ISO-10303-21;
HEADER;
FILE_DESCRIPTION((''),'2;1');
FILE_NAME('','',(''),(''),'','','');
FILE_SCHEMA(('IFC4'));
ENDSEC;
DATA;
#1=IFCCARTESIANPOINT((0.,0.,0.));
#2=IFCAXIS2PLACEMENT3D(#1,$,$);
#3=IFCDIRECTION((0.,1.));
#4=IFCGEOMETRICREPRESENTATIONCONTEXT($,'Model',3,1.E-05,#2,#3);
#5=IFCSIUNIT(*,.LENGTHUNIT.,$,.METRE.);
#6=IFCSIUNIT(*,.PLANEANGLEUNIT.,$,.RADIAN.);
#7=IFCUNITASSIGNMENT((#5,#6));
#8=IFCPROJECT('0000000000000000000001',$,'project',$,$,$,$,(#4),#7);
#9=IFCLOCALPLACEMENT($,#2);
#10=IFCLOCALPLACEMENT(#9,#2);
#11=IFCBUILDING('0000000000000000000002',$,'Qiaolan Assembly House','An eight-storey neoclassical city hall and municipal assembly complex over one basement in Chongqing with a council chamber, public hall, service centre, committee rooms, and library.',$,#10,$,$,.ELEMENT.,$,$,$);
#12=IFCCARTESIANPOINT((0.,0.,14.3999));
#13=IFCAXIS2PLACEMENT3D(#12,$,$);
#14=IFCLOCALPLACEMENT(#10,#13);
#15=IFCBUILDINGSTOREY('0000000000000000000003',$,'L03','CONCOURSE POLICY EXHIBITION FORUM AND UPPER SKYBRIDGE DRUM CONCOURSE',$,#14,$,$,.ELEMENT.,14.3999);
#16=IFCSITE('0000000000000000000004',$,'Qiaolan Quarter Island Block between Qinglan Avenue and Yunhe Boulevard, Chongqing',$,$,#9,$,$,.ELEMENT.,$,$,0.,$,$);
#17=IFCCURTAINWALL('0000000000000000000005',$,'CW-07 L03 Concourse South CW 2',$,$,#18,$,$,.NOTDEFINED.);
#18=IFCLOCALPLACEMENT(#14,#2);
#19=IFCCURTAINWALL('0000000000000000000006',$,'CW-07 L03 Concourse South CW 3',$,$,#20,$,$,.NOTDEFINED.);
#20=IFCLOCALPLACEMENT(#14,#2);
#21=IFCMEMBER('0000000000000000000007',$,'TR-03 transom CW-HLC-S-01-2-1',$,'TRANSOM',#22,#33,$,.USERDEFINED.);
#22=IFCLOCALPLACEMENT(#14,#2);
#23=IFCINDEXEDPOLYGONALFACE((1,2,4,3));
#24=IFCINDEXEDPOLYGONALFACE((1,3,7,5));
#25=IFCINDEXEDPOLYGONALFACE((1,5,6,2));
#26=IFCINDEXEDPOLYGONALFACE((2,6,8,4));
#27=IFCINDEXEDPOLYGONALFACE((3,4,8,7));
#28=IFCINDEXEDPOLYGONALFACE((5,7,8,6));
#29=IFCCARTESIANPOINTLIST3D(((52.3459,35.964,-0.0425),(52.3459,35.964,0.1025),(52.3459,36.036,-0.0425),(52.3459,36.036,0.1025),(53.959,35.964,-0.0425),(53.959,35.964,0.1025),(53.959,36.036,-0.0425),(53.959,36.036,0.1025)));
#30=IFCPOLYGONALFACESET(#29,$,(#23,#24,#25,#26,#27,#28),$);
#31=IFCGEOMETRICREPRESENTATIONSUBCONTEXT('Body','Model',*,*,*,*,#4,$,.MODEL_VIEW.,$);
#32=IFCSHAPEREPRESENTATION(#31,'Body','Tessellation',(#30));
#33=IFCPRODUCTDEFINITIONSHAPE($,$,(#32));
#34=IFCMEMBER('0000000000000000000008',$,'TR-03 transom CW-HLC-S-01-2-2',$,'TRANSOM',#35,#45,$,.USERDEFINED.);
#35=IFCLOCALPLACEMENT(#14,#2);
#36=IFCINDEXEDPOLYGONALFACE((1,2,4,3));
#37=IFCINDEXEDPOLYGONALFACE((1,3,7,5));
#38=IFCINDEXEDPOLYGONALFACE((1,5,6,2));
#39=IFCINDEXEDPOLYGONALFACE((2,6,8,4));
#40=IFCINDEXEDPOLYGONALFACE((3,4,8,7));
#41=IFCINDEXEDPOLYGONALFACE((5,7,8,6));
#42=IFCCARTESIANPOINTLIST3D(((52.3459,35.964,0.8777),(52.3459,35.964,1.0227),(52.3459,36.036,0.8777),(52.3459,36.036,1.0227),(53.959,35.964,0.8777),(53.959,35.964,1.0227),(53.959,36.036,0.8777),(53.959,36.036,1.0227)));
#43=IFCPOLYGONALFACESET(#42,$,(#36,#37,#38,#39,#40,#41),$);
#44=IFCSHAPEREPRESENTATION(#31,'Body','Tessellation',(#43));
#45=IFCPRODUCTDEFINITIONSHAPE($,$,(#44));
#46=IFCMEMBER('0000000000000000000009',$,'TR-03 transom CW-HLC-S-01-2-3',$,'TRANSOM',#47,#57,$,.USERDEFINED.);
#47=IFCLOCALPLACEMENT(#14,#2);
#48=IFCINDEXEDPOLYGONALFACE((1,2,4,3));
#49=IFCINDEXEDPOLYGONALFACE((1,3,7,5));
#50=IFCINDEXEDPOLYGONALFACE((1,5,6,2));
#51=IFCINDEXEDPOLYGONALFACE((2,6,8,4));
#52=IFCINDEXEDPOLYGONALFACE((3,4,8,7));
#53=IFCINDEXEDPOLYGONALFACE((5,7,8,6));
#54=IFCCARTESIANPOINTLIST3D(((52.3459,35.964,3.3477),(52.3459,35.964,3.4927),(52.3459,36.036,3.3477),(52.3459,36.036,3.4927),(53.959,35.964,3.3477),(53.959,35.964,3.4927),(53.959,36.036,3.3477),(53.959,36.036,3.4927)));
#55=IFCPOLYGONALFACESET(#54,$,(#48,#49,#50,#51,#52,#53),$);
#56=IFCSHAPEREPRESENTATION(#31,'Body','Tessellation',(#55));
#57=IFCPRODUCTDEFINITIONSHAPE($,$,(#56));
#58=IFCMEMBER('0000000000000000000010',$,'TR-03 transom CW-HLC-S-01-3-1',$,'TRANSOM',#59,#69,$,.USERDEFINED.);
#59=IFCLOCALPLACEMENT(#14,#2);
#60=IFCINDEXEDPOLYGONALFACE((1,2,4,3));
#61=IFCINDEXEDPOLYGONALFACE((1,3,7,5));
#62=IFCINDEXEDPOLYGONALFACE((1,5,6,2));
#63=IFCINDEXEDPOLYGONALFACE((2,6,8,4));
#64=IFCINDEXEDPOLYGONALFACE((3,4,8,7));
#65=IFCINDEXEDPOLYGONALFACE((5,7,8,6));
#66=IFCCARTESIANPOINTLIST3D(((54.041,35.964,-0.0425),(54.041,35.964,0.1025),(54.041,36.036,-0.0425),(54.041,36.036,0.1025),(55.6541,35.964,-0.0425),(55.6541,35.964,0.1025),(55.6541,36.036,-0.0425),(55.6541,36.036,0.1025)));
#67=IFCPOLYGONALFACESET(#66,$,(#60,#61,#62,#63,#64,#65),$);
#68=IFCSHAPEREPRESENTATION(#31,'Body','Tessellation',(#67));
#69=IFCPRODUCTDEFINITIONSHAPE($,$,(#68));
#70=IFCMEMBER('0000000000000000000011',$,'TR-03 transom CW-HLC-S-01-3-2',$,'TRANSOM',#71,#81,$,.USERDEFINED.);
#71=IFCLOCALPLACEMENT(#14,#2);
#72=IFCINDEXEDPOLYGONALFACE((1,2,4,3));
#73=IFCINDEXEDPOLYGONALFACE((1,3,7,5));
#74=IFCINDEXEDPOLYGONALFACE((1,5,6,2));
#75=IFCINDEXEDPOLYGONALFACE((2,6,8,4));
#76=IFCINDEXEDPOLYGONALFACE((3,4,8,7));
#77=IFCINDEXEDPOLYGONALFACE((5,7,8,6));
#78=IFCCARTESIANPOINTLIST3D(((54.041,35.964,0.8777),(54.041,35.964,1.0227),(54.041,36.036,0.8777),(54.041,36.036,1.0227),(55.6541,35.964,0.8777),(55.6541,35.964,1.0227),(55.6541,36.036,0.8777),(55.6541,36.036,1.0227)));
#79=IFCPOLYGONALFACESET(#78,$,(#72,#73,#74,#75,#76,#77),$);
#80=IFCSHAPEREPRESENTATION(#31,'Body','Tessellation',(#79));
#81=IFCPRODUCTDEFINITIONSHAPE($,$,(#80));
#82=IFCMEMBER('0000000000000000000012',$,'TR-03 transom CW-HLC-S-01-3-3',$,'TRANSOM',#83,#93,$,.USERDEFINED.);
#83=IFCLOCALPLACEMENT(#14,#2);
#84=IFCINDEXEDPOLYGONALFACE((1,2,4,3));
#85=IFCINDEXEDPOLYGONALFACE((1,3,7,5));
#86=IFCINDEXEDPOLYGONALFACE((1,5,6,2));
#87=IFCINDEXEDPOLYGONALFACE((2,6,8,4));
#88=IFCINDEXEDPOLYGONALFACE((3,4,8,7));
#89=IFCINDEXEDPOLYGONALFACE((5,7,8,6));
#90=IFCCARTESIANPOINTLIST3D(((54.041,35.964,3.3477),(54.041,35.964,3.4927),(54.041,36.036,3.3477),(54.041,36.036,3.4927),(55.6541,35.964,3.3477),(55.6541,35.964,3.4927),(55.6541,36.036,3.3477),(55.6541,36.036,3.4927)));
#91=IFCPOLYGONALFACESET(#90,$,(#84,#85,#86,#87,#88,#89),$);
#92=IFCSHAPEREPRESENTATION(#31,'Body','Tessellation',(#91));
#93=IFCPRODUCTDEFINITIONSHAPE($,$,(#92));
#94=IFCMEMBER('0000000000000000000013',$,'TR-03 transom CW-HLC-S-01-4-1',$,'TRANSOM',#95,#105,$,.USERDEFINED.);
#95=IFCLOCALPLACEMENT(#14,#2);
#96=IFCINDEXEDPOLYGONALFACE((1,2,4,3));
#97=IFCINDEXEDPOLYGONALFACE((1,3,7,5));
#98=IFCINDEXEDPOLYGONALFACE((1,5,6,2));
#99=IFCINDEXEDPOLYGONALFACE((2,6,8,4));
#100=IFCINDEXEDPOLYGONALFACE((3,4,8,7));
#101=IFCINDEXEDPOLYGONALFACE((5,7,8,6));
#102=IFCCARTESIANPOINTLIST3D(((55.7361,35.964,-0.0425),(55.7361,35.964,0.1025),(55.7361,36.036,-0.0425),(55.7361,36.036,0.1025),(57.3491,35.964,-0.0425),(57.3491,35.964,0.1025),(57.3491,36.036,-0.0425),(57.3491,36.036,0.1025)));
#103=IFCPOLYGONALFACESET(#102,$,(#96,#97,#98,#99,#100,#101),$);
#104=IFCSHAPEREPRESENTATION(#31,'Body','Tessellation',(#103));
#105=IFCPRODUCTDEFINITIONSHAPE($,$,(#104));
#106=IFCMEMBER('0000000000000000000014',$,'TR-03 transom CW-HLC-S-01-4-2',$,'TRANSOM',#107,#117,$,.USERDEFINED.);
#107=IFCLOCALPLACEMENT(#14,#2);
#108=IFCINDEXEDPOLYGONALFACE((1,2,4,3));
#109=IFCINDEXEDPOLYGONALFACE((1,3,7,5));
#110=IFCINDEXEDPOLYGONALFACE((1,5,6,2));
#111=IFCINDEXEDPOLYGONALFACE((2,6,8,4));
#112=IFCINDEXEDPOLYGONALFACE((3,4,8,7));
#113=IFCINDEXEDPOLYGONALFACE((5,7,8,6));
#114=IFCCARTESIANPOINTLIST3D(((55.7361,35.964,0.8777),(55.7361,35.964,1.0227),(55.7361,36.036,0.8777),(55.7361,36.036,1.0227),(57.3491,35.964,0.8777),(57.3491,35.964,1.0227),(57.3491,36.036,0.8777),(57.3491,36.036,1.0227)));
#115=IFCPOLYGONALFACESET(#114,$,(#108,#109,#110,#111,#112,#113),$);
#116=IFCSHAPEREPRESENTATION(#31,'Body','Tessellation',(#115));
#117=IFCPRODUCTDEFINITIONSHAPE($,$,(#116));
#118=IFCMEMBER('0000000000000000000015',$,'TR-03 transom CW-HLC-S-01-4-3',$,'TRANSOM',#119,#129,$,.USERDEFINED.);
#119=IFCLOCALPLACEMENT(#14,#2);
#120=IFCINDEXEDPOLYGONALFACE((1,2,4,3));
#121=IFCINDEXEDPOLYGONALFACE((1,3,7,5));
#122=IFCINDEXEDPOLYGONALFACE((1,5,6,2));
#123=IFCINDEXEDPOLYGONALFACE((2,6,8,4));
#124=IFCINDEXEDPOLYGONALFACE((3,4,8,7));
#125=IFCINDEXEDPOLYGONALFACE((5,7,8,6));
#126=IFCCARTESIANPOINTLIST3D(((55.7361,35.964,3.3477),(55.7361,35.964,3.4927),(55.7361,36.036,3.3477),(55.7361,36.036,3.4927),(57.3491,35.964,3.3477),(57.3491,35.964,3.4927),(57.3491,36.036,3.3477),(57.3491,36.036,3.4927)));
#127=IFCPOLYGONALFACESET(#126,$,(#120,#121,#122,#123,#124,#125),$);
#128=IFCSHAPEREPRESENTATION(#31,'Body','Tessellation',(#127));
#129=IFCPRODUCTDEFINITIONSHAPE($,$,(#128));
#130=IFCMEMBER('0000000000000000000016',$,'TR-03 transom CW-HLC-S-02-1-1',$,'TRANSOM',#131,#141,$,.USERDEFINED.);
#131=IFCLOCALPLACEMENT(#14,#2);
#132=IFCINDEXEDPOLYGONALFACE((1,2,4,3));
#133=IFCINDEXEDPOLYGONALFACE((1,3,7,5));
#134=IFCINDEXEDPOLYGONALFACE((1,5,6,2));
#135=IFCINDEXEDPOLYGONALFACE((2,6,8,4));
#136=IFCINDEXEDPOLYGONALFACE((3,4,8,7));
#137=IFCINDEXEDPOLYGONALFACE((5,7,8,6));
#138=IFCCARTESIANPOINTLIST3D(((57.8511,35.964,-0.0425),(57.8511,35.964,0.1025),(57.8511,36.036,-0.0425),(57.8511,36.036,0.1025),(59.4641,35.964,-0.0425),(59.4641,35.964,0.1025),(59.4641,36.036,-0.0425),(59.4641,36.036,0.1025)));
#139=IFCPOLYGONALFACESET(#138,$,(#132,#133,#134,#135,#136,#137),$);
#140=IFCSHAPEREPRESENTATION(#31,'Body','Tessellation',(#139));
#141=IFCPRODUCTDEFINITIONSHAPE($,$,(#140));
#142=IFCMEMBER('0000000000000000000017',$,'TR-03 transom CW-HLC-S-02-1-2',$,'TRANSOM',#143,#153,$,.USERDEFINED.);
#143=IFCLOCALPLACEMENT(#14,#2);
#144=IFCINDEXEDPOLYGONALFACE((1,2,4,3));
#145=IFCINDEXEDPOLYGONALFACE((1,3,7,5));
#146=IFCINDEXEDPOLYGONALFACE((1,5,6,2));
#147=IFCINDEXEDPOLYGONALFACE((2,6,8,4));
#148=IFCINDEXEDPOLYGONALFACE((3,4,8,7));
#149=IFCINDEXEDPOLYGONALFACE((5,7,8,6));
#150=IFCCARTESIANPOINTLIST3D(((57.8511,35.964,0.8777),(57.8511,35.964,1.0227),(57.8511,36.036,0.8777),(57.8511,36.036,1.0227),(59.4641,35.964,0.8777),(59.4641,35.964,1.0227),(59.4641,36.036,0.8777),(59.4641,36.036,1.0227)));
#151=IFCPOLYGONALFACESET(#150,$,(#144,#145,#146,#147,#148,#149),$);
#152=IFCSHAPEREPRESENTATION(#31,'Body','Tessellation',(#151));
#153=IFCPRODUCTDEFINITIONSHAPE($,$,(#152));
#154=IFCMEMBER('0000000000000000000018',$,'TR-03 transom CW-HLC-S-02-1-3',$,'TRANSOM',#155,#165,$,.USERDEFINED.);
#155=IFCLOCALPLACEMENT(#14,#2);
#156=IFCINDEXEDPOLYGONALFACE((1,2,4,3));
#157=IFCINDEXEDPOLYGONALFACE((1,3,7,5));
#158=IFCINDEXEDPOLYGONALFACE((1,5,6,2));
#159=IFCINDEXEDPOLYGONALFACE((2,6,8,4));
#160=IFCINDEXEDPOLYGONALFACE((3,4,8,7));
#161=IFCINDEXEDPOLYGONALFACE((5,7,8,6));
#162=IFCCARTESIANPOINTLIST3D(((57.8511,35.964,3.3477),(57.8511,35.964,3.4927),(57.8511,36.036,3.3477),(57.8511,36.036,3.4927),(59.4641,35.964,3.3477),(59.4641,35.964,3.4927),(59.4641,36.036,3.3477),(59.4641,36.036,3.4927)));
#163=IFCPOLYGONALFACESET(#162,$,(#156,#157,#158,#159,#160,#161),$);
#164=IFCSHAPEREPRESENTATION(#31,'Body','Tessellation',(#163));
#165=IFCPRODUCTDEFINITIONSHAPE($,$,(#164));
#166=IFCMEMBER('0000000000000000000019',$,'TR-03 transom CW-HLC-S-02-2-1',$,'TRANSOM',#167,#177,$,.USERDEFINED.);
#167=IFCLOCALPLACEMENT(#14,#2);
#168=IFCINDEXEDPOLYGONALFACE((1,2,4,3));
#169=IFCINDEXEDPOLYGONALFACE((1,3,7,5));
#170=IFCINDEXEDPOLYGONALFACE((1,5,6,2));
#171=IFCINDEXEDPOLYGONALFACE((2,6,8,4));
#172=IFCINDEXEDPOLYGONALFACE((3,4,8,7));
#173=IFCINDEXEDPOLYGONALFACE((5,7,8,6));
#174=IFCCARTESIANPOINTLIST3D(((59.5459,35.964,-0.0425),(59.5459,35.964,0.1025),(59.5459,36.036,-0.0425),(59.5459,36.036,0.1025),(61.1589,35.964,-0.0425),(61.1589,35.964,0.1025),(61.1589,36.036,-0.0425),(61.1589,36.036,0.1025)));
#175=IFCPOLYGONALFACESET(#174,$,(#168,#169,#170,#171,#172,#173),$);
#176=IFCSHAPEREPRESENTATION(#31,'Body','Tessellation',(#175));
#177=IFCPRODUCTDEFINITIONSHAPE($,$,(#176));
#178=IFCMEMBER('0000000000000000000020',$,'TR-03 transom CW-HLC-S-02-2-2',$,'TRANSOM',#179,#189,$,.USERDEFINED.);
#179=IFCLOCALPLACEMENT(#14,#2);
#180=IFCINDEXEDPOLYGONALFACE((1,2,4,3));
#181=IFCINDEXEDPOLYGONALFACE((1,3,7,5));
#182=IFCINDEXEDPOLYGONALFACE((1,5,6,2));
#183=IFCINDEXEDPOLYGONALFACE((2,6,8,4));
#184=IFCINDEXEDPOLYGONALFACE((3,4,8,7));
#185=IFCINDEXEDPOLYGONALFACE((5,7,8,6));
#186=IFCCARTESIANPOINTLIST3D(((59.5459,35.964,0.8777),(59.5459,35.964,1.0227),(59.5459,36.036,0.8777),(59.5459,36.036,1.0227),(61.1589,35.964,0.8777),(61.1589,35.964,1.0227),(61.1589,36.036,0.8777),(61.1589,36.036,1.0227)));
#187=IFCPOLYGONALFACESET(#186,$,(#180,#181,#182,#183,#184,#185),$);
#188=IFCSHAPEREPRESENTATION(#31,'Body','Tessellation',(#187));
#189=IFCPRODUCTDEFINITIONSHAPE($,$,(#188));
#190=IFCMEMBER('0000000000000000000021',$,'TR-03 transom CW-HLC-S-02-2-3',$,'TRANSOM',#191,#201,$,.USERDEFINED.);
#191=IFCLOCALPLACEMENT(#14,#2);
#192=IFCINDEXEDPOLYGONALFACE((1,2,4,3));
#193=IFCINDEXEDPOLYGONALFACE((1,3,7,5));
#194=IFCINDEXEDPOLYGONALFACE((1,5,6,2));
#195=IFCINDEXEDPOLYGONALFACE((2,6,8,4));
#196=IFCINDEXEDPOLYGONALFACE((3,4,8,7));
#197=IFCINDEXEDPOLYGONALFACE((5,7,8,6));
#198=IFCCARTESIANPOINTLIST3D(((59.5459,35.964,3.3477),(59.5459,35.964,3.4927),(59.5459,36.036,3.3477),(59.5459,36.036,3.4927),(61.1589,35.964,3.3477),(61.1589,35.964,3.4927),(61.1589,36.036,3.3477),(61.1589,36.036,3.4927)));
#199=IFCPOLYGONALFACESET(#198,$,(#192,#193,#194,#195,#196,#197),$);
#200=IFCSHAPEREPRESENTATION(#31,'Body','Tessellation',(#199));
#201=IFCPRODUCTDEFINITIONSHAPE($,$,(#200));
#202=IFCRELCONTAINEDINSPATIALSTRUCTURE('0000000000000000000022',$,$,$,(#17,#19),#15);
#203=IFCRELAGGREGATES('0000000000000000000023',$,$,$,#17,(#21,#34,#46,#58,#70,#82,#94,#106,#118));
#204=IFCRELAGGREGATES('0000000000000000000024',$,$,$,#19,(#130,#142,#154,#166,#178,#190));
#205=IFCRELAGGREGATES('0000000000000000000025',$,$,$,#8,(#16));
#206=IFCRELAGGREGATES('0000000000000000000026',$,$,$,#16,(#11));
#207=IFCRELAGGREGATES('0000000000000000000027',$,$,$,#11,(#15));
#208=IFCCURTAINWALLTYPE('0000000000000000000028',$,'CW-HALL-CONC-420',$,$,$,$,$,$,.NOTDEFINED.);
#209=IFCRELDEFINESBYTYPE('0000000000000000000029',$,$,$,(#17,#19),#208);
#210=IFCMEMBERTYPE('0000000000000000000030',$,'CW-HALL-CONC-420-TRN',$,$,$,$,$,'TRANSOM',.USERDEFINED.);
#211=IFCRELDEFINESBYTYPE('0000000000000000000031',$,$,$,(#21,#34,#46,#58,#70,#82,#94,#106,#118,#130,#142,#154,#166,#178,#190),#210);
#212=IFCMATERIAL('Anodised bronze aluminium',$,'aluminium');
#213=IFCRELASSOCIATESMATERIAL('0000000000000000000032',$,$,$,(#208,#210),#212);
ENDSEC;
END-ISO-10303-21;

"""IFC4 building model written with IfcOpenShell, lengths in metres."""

from ifc_helpers import new_model, si_unit, direction, frame, origin, origin_2d, place, context, subcontext, project, spatial, rectangle, extrude, material, material_profile, profile_set, type_object, element, aggregate, save


model = new_model("IFC4")

# Units and contexts
model_context = context("Model", 3, precision=1e-05, world=origin(), true_north=direction((0.0, 1.0)))
body_context = subcontext(model_context, "Body", "Model", "MODEL_VIEW")
ifc_project = project(units=[si_unit("LENGTHUNIT", "METRE"), si_unit("PLANEANGLEUNIT", "RADIAN")], contexts=[model_context])

# Site, building, storey
site_placement = place(None, origin())
site = spatial("IfcSite", under=ifc_project, at=site_placement, Name="Qiaolan Quarter Island Block between Qinglan Avenue and Yunhe Boulevard, Chongqing", CompositionType="ELEMENT", RefElevation=0.0)
building_placement = place(site_placement, origin())
building = spatial("IfcBuilding", under=site, at=building_placement, Name="Qiaolan Assembly House", Description="An eight-storey neoclassical city hall and municipal assembly complex over one basement in Chongqing with a council chamber, public hall, service centre, committee rooms, and library.", CompositionType="ELEMENT")
storey_placement = place(building_placement, frame((0.0, 0.0, 14.3999)))
storey = spatial("IfcBuildingStorey", under=building, at=storey_placement, Name="L03", Description="CONCOURSE POLICY EXHIBITION FORUM AND UPPER SKYBRIDGE DRUM CONCOURSE", CompositionType="ELEMENT", Elevation=14.3999)

# Curtain walls
ifc_material_1 = material(Name="Anodised bronze aluminium", Category="aluminium")
curtain_wall_type = type_object("IfcCurtainWallType", Name="CW-HALL-CONC-420", PredefinedType="NOTDEFINED", material=ifc_material_1)
curtain_wall_1_placement = place(storey_placement, origin())
curtain_wall_1 = element("IfcCurtainWall", 1, at=curtain_wall_1_placement, inside=storey, type_object=curtain_wall_type, Name="CW-07 L03 Concourse South CW 2", PredefinedType="NOTDEFINED")
curtain_wall_2_placement = place(storey_placement, origin())
curtain_wall_2 = element("IfcCurtainWall", 2, at=curtain_wall_2_placement, inside=storey, type_object=curtain_wall_type, Name="CW-07 L03 Concourse South CW 3", PredefinedType="NOTDEFINED")

# Members
ifc_material_profile_1 = material_profile(ifc_material_1, rectangle(XDim=0.072, YDim=0.145, at=origin_2d()), Name="TRN 72x145")
ifc_profile_set_1 = profile_set([ifc_material_profile_1], Name="Anodised bronze aluminium")
member_type_1 = type_object("IfcMemberType", Name="CW-HALL-CONC-420-TRN", ElementType="TRANSOM", PredefinedType="USERDEFINED", material=ifc_profile_set_1)
member_1_placement = place(storey_placement, frame((52.3459, 36.0, 0.03), z_axis=(1.0, 0.0, 0.0), x_axis=(0.0, 1.0, 0.0)))
member_1 = element("IfcMember", 3, at=member_1_placement, type_object=member_type_1, Name="TR-03 transom CW-HLC-S-01-2-1", ObjectType="TRANSOM", PredefinedType="USERDEFINED", context=body_context, shape_type="SweptSolid", body=[
    extrude(rectangle(XDim=0.072, YDim=0.145, at=origin_2d()), origin(), (0.0, 0.0, 1.0), 1.613),
])
member_2_placement = place(storey_placement, frame((52.3459, 36.0, 0.9502), z_axis=(1.0, 0.0, 0.0), x_axis=(0.0, 1.0, 0.0)))
member_2 = element("IfcMember", 4, at=member_2_placement, type_object=member_type_1, Name="TR-03 transom CW-HLC-S-01-2-2", ObjectType="TRANSOM", PredefinedType="USERDEFINED", context=body_context, shape_type="SweptSolid", body=[
    extrude(rectangle(XDim=0.072, YDim=0.145, at=origin_2d()), origin(), (0.0, 0.0, 1.0), 1.613),
])
member_3_placement = place(storey_placement, frame((52.3459, 36.0, 3.4202), z_axis=(1.0, 0.0, 0.0), x_axis=(0.0, 1.0, 0.0)))
member_3 = element("IfcMember", 5, at=member_3_placement, type_object=member_type_1, Name="TR-03 transom CW-HLC-S-01-2-3", ObjectType="TRANSOM", PredefinedType="USERDEFINED", context=body_context, shape_type="SweptSolid", body=[
    extrude(rectangle(XDim=0.072, YDim=0.145, at=origin_2d()), origin(), (0.0, 0.0, 1.0), 1.613),
])
member_4_placement = place(storey_placement, frame((54.041, 36.0, 0.03), z_axis=(1.0, 0.0, 0.0), x_axis=(0.0, 1.0, 0.0)))
member_4 = element("IfcMember", 6, at=member_4_placement, type_object=member_type_1, Name="TR-03 transom CW-HLC-S-01-3-1", ObjectType="TRANSOM", PredefinedType="USERDEFINED", context=body_context, shape_type="SweptSolid", body=[
    extrude(rectangle(XDim=0.072, YDim=0.145, at=origin_2d()), origin(), (0.0, 0.0, 1.0), 1.613),
])
member_5_placement = place(storey_placement, frame((54.041, 36.0, 0.9502), z_axis=(1.0, 0.0, 0.0), x_axis=(0.0, 1.0, 0.0)))
member_5 = element("IfcMember", 7, at=member_5_placement, type_object=member_type_1, Name="TR-03 transom CW-HLC-S-01-3-2", ObjectType="TRANSOM", PredefinedType="USERDEFINED", context=body_context, shape_type="SweptSolid", body=[
    extrude(rectangle(XDim=0.072, YDim=0.145, at=origin_2d()), origin(), (0.0, 0.0, 1.0), 1.613),
])
member_6_placement = place(storey_placement, frame((54.041, 36.0, 3.4202), z_axis=(1.0, 0.0, 0.0), x_axis=(0.0, 1.0, 0.0)))
member_6 = element("IfcMember", 8, at=member_6_placement, type_object=member_type_1, Name="TR-03 transom CW-HLC-S-01-3-3", ObjectType="TRANSOM", PredefinedType="USERDEFINED", context=body_context, shape_type="SweptSolid", body=[
    extrude(rectangle(XDim=0.072, YDim=0.145, at=origin_2d()), origin(), (0.0, 0.0, 1.0), 1.613),
])
member_7_placement = place(storey_placement, frame((55.7361, 36.0, 0.03), z_axis=(1.0, 0.0, 0.0), x_axis=(0.0, 1.0, 0.0)))
member_7 = element("IfcMember", 9, at=member_7_placement, type_object=member_type_1, Name="TR-03 transom CW-HLC-S-01-4-1", ObjectType="TRANSOM", PredefinedType="USERDEFINED", context=body_context, shape_type="SweptSolid", body=[
    extrude(rectangle(XDim=0.072, YDim=0.145, at=origin_2d()), origin(), (0.0, 0.0, 1.0), 1.613),
])
member_8_placement = place(storey_placement, frame((55.7361, 36.0, 0.9502), z_axis=(1.0, 0.0, 0.0), x_axis=(0.0, 1.0, 0.0)))
member_8 = element("IfcMember", 10, at=member_8_placement, type_object=member_type_1, Name="TR-03 transom CW-HLC-S-01-4-2", ObjectType="TRANSOM", PredefinedType="USERDEFINED", context=body_context, shape_type="SweptSolid", body=[
    extrude(rectangle(XDim=0.072, YDim=0.145, at=origin_2d()), origin(), (0.0, 0.0, 1.0), 1.613),
])
member_9_placement = place(storey_placement, frame((55.7361, 36.0, 3.4202), z_axis=(1.0, 0.0, 0.0), x_axis=(0.0, 1.0, 0.0)))
member_9 = element("IfcMember", 11, at=member_9_placement, type_object=member_type_1, Name="TR-03 transom CW-HLC-S-01-4-3", ObjectType="TRANSOM", PredefinedType="USERDEFINED", context=body_context, shape_type="SweptSolid", body=[
    extrude(rectangle(XDim=0.072, YDim=0.145, at=origin_2d()), origin(), (0.0, 0.0, 1.0), 1.613),
])
member_10_placement = place(storey_placement, frame((57.8511, 36.0, 0.03), z_axis=(1.0, 0.0, 0.0), x_axis=(0.0, 1.0, 0.0)))
member_10 = element("IfcMember", 12, at=member_10_placement, type_object=member_type_1, Name="TR-03 transom CW-HLC-S-02-1-1", ObjectType="TRANSOM", PredefinedType="USERDEFINED", context=body_context, shape_type="SweptSolid", body=[
    extrude(rectangle(XDim=0.072, YDim=0.145, at=origin_2d()), origin(), (0.0, 0.0, 1.0), 1.613),
])
member_11_placement = place(storey_placement, frame((57.8511, 36.0, 0.9502), z_axis=(1.0, 0.0, 0.0), x_axis=(0.0, 1.0, 0.0)))
member_11 = element("IfcMember", 13, at=member_11_placement, type_object=member_type_1, Name="TR-03 transom CW-HLC-S-02-1-2", ObjectType="TRANSOM", PredefinedType="USERDEFINED", context=body_context, shape_type="SweptSolid", body=[
    extrude(rectangle(XDim=0.072, YDim=0.145, at=origin_2d()), origin(), (0.0, 0.0, 1.0), 1.613),
])
member_12_placement = place(storey_placement, frame((57.8511, 36.0, 3.4202), z_axis=(1.0, 0.0, 0.0), x_axis=(0.0, 1.0, 0.0)))
member_12 = element("IfcMember", 14, at=member_12_placement, type_object=member_type_1, Name="TR-03 transom CW-HLC-S-02-1-3", ObjectType="TRANSOM", PredefinedType="USERDEFINED", context=body_context, shape_type="SweptSolid", body=[
    extrude(rectangle(XDim=0.072, YDim=0.145, at=origin_2d()), origin(), (0.0, 0.0, 1.0), 1.613),
])
member_13_placement = place(storey_placement, frame((59.5459, 36.0, 0.03), z_axis=(1.0, 0.0, 0.0), x_axis=(0.0, 1.0, 0.0)))
member_13 = element("IfcMember", 15, at=member_13_placement, type_object=member_type_1, Name="TR-03 transom CW-HLC-S-02-2-1", ObjectType="TRANSOM", PredefinedType="USERDEFINED", context=body_context, shape_type="SweptSolid", body=[
    extrude(rectangle(XDim=0.072, YDim=0.145, at=origin_2d()), origin(), (0.0, 0.0, 1.0), 1.613),
])
member_14_placement = place(storey_placement, frame((59.5459, 36.0, 0.9502), z_axis=(1.0, 0.0, 0.0), x_axis=(0.0, 1.0, 0.0)))
member_14 = element("IfcMember", 16, at=member_14_placement, type_object=member_type_1, Name="TR-03 transom CW-HLC-S-02-2-2", ObjectType="TRANSOM", PredefinedType="USERDEFINED", context=body_context, shape_type="SweptSolid", body=[
    extrude(rectangle(XDim=0.072, YDim=0.145, at=origin_2d()), origin(), (0.0, 0.0, 1.0), 1.613),
])
member_15_placement = place(storey_placement, frame((59.5459, 36.0, 3.4202), z_axis=(1.0, 0.0, 0.0), x_axis=(0.0, 1.0, 0.0)))
member_15 = element("IfcMember", 17, at=member_15_placement, type_object=member_type_1, Name="TR-03 transom CW-HLC-S-02-2-3", ObjectType="TRANSOM", PredefinedType="USERDEFINED", context=body_context, shape_type="SweptSolid", body=[
    extrude(rectangle(XDim=0.072, YDim=0.145, at=origin_2d()), origin(), (0.0, 0.0, 1.0), 1.613),
])

aggregate(curtain_wall_1, [member_1, member_2, member_3, member_4, member_5, member_6, member_7, member_8, member_9])
aggregate(curtain_wall_2, [member_10, member_11, member_12, member_13, member_14, member_15])

save(model, "model.ifc")
